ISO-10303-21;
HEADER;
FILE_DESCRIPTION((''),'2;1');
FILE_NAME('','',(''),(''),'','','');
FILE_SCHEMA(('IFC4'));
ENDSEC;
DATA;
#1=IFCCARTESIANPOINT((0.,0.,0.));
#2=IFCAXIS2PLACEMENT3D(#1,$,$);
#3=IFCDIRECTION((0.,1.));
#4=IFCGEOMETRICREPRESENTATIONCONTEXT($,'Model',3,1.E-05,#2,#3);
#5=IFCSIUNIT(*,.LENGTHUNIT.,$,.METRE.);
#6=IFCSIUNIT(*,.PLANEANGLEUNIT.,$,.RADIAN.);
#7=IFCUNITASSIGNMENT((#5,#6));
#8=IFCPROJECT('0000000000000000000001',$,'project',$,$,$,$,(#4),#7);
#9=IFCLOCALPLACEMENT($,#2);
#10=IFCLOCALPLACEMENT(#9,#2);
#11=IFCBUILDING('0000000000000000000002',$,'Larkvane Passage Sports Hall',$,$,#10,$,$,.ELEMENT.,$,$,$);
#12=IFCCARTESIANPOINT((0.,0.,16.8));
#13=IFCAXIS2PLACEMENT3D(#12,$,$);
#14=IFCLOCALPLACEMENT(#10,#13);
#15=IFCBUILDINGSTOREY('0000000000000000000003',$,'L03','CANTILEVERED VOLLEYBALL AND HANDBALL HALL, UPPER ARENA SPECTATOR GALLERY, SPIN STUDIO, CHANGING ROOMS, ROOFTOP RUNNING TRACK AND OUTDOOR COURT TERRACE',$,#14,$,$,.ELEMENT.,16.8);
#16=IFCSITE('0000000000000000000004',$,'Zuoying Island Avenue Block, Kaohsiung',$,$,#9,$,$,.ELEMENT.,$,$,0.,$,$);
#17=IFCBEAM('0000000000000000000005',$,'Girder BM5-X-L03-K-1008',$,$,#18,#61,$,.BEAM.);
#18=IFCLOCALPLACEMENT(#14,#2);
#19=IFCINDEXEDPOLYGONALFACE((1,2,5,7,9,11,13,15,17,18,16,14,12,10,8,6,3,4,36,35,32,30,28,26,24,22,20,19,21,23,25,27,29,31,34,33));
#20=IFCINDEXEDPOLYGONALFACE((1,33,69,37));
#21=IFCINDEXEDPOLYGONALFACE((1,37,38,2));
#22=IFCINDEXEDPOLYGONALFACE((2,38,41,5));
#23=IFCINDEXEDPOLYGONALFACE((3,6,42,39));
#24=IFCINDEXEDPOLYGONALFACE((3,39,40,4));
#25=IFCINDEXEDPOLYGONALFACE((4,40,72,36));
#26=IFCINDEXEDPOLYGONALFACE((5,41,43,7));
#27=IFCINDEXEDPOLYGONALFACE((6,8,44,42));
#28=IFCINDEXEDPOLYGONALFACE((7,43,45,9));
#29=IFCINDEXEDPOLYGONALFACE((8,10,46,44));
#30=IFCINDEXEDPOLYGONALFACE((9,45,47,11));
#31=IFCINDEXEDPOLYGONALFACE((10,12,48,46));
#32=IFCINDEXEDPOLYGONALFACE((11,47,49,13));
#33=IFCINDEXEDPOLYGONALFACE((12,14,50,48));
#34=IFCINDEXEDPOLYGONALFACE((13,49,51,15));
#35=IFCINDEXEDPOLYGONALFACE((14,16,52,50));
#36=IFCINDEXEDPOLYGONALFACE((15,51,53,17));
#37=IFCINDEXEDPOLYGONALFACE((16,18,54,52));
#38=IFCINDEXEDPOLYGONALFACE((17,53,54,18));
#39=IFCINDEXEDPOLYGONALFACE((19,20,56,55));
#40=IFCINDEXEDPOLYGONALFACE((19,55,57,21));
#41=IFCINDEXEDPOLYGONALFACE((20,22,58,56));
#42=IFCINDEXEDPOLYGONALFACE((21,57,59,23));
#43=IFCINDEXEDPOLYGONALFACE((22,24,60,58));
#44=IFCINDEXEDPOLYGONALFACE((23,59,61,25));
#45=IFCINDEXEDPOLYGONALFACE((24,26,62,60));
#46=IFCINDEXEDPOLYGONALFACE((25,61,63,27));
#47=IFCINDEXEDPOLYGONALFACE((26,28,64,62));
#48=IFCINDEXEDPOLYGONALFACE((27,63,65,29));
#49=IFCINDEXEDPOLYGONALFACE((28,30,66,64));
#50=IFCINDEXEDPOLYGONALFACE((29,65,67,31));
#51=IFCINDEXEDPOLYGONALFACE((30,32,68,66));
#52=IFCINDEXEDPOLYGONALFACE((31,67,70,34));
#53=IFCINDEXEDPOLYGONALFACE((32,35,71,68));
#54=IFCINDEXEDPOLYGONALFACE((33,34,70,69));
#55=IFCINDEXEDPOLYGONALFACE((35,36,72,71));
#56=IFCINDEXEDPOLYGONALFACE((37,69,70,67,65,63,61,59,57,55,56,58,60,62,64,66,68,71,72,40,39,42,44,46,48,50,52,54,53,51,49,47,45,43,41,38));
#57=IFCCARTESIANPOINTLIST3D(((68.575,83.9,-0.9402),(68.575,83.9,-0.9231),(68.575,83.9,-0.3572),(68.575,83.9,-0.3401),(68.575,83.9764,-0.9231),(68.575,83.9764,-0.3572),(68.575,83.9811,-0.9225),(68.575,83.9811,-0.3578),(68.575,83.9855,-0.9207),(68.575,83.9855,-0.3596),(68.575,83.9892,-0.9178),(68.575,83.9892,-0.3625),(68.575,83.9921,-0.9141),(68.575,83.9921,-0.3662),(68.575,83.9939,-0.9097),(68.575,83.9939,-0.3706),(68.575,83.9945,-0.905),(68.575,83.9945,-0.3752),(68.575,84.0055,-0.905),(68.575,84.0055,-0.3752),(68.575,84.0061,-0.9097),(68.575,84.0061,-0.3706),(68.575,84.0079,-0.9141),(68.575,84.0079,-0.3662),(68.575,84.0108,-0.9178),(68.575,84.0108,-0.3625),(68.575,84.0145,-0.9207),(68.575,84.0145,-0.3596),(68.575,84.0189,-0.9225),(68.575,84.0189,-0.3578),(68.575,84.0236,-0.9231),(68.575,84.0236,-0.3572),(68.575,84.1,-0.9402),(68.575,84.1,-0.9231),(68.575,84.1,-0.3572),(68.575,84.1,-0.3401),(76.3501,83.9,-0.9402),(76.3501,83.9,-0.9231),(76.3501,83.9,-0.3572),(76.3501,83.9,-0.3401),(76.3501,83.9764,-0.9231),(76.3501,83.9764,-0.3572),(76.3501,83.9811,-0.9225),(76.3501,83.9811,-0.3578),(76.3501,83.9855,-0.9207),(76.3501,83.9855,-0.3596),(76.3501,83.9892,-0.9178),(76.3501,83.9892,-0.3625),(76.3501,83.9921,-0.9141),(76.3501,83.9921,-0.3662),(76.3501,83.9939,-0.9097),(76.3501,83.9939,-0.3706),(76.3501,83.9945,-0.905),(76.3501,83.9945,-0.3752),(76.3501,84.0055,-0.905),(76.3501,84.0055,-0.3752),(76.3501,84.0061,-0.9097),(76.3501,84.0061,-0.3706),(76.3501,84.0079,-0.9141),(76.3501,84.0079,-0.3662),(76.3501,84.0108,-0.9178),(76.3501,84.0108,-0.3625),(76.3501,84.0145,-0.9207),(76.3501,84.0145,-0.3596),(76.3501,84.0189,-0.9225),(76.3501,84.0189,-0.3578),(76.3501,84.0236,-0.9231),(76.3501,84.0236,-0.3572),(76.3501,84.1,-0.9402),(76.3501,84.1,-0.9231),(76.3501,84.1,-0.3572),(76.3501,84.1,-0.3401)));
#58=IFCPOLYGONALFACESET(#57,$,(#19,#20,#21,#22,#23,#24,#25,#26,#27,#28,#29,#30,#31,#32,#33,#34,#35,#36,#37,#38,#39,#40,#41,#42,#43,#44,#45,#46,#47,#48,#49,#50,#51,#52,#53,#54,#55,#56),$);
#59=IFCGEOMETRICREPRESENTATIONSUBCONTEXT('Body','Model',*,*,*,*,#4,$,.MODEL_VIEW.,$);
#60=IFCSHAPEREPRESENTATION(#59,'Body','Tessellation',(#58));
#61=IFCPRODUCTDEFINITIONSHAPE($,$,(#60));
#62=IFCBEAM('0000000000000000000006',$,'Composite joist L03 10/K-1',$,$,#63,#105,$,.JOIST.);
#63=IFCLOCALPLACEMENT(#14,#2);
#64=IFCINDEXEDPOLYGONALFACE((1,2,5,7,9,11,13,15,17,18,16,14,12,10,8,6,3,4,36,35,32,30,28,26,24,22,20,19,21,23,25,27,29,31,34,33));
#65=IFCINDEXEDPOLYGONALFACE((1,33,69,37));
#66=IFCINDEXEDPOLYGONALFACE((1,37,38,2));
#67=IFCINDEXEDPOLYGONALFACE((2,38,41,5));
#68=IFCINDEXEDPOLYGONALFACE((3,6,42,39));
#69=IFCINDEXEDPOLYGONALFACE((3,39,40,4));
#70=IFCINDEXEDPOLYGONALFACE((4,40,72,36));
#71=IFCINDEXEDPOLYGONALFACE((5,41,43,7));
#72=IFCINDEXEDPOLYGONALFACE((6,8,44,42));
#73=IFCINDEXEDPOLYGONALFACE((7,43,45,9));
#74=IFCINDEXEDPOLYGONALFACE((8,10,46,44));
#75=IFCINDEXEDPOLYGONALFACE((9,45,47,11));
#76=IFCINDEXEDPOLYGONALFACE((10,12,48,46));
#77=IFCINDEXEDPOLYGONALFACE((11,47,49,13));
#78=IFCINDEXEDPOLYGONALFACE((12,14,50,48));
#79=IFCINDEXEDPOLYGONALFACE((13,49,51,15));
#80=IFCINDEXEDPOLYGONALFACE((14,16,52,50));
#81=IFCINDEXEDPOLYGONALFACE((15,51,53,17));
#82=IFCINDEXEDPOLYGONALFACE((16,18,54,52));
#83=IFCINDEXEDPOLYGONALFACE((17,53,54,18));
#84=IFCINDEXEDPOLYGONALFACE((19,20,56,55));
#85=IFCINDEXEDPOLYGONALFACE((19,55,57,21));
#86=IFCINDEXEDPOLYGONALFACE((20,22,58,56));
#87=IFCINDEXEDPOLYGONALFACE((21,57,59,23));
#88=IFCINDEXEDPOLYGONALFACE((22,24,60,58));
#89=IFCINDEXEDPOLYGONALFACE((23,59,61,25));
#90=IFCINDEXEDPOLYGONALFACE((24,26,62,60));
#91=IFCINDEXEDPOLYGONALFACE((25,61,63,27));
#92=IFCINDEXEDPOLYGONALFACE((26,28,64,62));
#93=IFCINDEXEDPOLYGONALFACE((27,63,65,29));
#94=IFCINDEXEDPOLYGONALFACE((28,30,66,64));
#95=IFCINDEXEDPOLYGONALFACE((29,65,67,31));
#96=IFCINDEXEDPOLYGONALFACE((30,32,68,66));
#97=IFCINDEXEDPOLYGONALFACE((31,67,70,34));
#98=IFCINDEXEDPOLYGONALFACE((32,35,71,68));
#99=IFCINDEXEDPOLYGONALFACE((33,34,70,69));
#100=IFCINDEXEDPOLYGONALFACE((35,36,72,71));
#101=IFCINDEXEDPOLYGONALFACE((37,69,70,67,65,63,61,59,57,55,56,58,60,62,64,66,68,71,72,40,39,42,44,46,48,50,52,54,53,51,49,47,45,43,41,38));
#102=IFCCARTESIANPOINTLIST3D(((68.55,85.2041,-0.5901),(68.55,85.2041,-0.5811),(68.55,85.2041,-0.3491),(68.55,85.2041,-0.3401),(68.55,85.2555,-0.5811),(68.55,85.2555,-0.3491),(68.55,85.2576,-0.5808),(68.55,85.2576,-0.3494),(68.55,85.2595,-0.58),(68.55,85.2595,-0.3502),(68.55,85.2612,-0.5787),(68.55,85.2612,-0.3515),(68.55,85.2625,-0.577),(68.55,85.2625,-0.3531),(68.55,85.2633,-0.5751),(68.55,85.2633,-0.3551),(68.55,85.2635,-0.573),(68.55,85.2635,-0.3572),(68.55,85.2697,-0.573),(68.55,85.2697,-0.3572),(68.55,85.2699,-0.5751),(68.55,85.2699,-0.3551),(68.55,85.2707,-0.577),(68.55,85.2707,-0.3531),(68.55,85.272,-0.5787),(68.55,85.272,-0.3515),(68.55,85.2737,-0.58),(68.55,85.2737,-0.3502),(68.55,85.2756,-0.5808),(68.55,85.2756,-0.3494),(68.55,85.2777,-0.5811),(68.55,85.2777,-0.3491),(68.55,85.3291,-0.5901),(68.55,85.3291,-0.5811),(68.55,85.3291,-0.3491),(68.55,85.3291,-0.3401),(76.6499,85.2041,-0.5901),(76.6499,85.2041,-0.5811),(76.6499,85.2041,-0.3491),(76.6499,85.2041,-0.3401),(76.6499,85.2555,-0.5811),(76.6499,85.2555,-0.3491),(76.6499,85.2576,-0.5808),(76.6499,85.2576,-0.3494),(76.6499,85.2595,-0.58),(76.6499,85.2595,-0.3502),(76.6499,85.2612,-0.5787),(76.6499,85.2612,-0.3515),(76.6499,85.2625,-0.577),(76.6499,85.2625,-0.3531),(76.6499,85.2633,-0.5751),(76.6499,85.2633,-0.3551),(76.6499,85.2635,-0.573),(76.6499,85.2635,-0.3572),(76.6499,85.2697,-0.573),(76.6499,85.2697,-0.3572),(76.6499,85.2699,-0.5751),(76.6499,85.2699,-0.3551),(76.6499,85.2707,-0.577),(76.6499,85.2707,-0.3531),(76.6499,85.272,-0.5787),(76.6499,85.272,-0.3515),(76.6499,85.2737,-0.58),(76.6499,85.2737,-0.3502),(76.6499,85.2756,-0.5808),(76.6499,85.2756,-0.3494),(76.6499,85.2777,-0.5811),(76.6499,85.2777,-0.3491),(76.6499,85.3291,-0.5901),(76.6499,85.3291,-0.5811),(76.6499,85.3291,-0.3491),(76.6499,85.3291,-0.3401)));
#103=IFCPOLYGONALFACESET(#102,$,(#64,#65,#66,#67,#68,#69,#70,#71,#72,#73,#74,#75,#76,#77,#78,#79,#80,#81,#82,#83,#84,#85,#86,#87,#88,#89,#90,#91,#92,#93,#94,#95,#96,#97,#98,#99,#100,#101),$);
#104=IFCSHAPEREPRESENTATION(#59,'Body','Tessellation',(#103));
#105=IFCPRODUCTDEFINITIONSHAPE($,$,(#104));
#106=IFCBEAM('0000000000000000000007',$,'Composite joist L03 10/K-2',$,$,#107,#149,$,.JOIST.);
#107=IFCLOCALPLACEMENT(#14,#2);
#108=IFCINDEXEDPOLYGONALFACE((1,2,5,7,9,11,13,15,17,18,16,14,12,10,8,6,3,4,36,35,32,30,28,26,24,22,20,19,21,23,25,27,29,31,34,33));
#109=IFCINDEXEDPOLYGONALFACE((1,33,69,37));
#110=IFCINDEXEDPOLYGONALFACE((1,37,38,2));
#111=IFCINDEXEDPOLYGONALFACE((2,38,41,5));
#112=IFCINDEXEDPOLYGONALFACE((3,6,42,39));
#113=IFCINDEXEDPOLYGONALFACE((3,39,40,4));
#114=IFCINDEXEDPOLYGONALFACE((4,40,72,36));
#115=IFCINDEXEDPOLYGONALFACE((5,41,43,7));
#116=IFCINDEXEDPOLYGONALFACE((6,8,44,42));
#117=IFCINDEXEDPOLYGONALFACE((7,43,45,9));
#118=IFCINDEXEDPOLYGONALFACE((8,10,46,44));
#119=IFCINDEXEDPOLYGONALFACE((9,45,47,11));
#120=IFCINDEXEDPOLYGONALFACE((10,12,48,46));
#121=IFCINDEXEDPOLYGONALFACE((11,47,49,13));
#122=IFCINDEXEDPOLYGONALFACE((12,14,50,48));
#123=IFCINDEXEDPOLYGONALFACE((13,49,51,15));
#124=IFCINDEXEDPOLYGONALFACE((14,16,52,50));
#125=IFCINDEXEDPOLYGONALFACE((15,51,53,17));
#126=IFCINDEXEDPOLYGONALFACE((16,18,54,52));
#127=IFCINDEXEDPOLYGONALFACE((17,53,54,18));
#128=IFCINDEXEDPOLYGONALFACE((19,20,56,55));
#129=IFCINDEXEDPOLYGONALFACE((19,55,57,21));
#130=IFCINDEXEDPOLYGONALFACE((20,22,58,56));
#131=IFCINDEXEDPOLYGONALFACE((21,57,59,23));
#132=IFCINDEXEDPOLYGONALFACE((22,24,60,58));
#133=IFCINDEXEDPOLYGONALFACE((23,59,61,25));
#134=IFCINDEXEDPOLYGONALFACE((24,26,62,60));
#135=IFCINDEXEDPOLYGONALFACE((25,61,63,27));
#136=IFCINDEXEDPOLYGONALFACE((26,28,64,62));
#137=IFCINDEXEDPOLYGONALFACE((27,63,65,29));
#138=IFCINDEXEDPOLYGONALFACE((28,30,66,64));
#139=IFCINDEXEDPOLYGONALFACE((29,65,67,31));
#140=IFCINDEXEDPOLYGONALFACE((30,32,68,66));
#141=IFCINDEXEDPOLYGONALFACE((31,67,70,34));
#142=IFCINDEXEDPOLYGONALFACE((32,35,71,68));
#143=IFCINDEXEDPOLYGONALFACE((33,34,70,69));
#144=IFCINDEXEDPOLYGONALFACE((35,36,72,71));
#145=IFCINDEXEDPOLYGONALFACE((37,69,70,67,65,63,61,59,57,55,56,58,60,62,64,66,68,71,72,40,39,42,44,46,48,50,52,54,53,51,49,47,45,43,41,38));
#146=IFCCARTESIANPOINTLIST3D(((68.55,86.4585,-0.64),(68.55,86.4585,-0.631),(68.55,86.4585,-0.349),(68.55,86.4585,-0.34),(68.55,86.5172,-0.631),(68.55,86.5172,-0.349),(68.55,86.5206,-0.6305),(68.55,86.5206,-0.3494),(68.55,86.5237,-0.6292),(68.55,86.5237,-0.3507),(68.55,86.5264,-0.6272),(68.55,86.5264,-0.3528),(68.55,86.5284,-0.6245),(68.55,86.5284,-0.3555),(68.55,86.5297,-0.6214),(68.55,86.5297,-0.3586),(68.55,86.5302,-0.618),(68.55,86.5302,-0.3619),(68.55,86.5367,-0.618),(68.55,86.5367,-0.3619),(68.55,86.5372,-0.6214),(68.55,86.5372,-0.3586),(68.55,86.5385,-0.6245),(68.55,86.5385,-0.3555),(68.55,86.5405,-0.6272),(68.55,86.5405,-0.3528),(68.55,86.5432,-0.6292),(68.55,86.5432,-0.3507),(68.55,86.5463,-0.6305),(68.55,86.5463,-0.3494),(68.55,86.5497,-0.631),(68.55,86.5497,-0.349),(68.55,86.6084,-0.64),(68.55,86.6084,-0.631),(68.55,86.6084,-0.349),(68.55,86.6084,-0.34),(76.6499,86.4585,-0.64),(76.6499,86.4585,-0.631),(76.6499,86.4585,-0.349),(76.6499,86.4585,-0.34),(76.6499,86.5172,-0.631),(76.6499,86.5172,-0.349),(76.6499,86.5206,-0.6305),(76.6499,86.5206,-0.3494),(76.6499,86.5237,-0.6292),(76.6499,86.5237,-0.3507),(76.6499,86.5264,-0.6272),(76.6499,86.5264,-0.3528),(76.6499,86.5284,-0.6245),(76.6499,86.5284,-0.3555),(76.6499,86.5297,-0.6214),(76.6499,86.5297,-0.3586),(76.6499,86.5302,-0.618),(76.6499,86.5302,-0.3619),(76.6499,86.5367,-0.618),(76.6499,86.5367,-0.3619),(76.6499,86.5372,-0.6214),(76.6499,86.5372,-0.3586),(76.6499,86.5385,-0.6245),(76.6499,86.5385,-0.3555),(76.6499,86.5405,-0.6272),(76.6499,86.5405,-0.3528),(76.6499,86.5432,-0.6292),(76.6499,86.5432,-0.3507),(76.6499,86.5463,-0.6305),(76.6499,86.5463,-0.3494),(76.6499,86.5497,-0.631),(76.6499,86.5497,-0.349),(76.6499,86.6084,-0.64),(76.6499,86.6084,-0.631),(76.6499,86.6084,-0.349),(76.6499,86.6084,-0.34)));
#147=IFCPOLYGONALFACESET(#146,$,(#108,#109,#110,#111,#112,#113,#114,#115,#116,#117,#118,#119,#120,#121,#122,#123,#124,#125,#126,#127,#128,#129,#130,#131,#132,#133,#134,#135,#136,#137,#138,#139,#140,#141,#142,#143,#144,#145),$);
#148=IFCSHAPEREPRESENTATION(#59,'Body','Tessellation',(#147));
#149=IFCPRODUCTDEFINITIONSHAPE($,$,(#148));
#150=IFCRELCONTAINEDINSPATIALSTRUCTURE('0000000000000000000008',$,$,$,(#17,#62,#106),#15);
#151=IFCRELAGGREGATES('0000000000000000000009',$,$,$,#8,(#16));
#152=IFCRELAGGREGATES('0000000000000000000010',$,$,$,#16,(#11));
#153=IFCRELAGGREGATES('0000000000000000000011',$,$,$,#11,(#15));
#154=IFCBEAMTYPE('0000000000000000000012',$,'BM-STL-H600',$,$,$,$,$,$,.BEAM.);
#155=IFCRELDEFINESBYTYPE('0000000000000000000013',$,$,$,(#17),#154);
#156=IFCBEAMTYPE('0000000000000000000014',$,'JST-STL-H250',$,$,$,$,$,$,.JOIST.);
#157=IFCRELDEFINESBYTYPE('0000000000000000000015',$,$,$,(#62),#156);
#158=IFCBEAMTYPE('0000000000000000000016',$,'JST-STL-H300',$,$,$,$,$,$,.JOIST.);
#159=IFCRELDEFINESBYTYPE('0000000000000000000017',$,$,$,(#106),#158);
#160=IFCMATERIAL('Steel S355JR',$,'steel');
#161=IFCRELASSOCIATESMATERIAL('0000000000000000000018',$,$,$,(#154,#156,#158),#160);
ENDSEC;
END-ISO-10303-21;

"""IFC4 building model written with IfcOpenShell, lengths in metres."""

from ifc_helpers import new_model, si_unit, direction, frame, origin, origin_2d, place, context, subcontext, project, spatial, i_section, extrude, material, material_profile, profile_set, type_object, element, save


model = new_model("IFC4")

# Units and contexts
model_context = context("Model", 3, precision=1e-05, world=origin(), true_north=direction((0.0, 1.0)))
body_context = subcontext(model_context, "Body", "Model", "MODEL_VIEW")
ifc_project = project(units=[si_unit("LENGTHUNIT", "METRE"), si_unit("PLANEANGLEUNIT", "RADIAN")], contexts=[model_context])

# Site, building, storey
site_placement = place(None, origin())
site = spatial("IfcSite", under=ifc_project, at=site_placement, Name="Zuoying Island Avenue Block, Kaohsiung", CompositionType="ELEMENT", RefElevation=0.0)
building_placement = place(site_placement, origin())
building = spatial("IfcBuilding", under=site, at=building_placement, Name="Larkvane Passage Sports Hall", CompositionType="ELEMENT")
storey_placement = place(building_placement, frame((0.0, 0.0, 16.8)))
storey = spatial("IfcBuildingStorey", under=building, at=storey_placement, Name="L03", Description="CANTILEVERED VOLLEYBALL AND HANDBALL HALL, UPPER ARENA SPECTATOR GALLERY, SPIN STUDIO, CHANGING ROOMS, ROOFTOP RUNNING TRACK AND OUTDOOR COURT TERRACE", CompositionType="ELEMENT", Elevation=16.8)

# Shared definitions
ifc_material_1 = material(Name="Steel S355JR", Category="steel")

# Beams
ifc_material_profile_1 = material_profile(ifc_material_1, i_section(OverallWidth=0.2, OverallDepth=0.6001, WebThickness=0.011, FlangeThickness=0.0171, FilletRadius=0.0181, at=origin_2d()), Name="H-600x200x11x17")
ifc_profile_set_1 = profile_set([ifc_material_profile_1], Name="Steel S355JR")
beam_type_1 = type_object("IfcBeamType", Name="BM-STL-H600", PredefinedType="BEAM", material=ifc_profile_set_1)
beam_1_placement = place(storey_placement, frame((68.575, 84.0, -0.6401), z_axis=(1.0, 0.0, 0.0), x_axis=(0.0, 1.0, 0.0)))
element("IfcBeam", 1, at=beam_1_placement, inside=storey, type_object=beam_type_1, Name="Girder BM5-X-L03-K-1008", PredefinedType="BEAM", context=body_context, shape_type="SweptSolid", body=[
    extrude(i_section(OverallWidth=0.2, OverallDepth=0.6001, WebThickness=0.011, FlangeThickness=0.0171, FilletRadius=0.0181, at=origin_2d()), origin(), (0.0, 0.0, 1.0), 7.7751),
])
ifc_material_profile_2 = material_profile(ifc_material_1, i_section(OverallWidth=0.125, OverallDepth=0.25, WebThickness=0.0061, FlangeThickness=0.009, FilletRadius=0.0081, at=origin_2d()), Name="H-250x125x6x9")
ifc_profile_set_2 = profile_set([ifc_material_profile_2], Name="Steel S355JR")
beam_type_2 = type_object("IfcBeamType", Name="JST-STL-H250", PredefinedType="JOIST", material=ifc_profile_set_2)
beam_2_placement = place(storey_placement, frame((68.55, 85.2666, -0.4651), z_axis=(1.0, 0.0, 0.0), x_axis=(0.0, 1.0, 0.0)))
element("IfcBeam", 2, at=beam_2_placement, inside=storey, type_object=beam_type_2, Name="Composite joist L03 10/K-1", PredefinedType="JOIST", context=body_context, shape_type="SweptSolid", body=[
    extrude(i_section(OverallWidth=0.125, OverallDepth=0.25, WebThickness=0.0061, FlangeThickness=0.009, FilletRadius=0.0081, at=origin_2d()), origin(), (0.0, 0.0, 1.0), 8.0999),
])
ifc_material_profile_3 = material_profile(ifc_material_1, i_section(OverallWidth=0.1499, OverallDepth=0.3, WebThickness=0.0066, FlangeThickness=0.009, FilletRadius=0.0129, at=origin_2d()), Name="H-300x150x6.5x9")
ifc_profile_set_3 = profile_set([ifc_material_profile_3], Name="Steel S355JR")
beam_type_3 = type_object("IfcBeamType", Name="JST-STL-H300", PredefinedType="JOIST", material=ifc_profile_set_3)
beam_3_placement = place(storey_placement, frame((68.55, 86.5334, -0.49), z_axis=(1.0, 0.0, 0.0), x_axis=(0.0, 1.0, 0.0)))
element("IfcBeam", 3, at=beam_3_placement, inside=storey, type_object=beam_type_3, Name="Composite joist L03 10/K-2", PredefinedType="JOIST", context=body_context, shape_type="SweptSolid", body=[
    extrude(i_section(OverallWidth=0.1499, OverallDepth=0.3, WebThickness=0.0066, FlangeThickness=0.009, FilletRadius=0.0129, at=origin_2d()), origin(), (0.0, 0.0, 1.0), 8.0999),
])

save(model, "model.ifc")
